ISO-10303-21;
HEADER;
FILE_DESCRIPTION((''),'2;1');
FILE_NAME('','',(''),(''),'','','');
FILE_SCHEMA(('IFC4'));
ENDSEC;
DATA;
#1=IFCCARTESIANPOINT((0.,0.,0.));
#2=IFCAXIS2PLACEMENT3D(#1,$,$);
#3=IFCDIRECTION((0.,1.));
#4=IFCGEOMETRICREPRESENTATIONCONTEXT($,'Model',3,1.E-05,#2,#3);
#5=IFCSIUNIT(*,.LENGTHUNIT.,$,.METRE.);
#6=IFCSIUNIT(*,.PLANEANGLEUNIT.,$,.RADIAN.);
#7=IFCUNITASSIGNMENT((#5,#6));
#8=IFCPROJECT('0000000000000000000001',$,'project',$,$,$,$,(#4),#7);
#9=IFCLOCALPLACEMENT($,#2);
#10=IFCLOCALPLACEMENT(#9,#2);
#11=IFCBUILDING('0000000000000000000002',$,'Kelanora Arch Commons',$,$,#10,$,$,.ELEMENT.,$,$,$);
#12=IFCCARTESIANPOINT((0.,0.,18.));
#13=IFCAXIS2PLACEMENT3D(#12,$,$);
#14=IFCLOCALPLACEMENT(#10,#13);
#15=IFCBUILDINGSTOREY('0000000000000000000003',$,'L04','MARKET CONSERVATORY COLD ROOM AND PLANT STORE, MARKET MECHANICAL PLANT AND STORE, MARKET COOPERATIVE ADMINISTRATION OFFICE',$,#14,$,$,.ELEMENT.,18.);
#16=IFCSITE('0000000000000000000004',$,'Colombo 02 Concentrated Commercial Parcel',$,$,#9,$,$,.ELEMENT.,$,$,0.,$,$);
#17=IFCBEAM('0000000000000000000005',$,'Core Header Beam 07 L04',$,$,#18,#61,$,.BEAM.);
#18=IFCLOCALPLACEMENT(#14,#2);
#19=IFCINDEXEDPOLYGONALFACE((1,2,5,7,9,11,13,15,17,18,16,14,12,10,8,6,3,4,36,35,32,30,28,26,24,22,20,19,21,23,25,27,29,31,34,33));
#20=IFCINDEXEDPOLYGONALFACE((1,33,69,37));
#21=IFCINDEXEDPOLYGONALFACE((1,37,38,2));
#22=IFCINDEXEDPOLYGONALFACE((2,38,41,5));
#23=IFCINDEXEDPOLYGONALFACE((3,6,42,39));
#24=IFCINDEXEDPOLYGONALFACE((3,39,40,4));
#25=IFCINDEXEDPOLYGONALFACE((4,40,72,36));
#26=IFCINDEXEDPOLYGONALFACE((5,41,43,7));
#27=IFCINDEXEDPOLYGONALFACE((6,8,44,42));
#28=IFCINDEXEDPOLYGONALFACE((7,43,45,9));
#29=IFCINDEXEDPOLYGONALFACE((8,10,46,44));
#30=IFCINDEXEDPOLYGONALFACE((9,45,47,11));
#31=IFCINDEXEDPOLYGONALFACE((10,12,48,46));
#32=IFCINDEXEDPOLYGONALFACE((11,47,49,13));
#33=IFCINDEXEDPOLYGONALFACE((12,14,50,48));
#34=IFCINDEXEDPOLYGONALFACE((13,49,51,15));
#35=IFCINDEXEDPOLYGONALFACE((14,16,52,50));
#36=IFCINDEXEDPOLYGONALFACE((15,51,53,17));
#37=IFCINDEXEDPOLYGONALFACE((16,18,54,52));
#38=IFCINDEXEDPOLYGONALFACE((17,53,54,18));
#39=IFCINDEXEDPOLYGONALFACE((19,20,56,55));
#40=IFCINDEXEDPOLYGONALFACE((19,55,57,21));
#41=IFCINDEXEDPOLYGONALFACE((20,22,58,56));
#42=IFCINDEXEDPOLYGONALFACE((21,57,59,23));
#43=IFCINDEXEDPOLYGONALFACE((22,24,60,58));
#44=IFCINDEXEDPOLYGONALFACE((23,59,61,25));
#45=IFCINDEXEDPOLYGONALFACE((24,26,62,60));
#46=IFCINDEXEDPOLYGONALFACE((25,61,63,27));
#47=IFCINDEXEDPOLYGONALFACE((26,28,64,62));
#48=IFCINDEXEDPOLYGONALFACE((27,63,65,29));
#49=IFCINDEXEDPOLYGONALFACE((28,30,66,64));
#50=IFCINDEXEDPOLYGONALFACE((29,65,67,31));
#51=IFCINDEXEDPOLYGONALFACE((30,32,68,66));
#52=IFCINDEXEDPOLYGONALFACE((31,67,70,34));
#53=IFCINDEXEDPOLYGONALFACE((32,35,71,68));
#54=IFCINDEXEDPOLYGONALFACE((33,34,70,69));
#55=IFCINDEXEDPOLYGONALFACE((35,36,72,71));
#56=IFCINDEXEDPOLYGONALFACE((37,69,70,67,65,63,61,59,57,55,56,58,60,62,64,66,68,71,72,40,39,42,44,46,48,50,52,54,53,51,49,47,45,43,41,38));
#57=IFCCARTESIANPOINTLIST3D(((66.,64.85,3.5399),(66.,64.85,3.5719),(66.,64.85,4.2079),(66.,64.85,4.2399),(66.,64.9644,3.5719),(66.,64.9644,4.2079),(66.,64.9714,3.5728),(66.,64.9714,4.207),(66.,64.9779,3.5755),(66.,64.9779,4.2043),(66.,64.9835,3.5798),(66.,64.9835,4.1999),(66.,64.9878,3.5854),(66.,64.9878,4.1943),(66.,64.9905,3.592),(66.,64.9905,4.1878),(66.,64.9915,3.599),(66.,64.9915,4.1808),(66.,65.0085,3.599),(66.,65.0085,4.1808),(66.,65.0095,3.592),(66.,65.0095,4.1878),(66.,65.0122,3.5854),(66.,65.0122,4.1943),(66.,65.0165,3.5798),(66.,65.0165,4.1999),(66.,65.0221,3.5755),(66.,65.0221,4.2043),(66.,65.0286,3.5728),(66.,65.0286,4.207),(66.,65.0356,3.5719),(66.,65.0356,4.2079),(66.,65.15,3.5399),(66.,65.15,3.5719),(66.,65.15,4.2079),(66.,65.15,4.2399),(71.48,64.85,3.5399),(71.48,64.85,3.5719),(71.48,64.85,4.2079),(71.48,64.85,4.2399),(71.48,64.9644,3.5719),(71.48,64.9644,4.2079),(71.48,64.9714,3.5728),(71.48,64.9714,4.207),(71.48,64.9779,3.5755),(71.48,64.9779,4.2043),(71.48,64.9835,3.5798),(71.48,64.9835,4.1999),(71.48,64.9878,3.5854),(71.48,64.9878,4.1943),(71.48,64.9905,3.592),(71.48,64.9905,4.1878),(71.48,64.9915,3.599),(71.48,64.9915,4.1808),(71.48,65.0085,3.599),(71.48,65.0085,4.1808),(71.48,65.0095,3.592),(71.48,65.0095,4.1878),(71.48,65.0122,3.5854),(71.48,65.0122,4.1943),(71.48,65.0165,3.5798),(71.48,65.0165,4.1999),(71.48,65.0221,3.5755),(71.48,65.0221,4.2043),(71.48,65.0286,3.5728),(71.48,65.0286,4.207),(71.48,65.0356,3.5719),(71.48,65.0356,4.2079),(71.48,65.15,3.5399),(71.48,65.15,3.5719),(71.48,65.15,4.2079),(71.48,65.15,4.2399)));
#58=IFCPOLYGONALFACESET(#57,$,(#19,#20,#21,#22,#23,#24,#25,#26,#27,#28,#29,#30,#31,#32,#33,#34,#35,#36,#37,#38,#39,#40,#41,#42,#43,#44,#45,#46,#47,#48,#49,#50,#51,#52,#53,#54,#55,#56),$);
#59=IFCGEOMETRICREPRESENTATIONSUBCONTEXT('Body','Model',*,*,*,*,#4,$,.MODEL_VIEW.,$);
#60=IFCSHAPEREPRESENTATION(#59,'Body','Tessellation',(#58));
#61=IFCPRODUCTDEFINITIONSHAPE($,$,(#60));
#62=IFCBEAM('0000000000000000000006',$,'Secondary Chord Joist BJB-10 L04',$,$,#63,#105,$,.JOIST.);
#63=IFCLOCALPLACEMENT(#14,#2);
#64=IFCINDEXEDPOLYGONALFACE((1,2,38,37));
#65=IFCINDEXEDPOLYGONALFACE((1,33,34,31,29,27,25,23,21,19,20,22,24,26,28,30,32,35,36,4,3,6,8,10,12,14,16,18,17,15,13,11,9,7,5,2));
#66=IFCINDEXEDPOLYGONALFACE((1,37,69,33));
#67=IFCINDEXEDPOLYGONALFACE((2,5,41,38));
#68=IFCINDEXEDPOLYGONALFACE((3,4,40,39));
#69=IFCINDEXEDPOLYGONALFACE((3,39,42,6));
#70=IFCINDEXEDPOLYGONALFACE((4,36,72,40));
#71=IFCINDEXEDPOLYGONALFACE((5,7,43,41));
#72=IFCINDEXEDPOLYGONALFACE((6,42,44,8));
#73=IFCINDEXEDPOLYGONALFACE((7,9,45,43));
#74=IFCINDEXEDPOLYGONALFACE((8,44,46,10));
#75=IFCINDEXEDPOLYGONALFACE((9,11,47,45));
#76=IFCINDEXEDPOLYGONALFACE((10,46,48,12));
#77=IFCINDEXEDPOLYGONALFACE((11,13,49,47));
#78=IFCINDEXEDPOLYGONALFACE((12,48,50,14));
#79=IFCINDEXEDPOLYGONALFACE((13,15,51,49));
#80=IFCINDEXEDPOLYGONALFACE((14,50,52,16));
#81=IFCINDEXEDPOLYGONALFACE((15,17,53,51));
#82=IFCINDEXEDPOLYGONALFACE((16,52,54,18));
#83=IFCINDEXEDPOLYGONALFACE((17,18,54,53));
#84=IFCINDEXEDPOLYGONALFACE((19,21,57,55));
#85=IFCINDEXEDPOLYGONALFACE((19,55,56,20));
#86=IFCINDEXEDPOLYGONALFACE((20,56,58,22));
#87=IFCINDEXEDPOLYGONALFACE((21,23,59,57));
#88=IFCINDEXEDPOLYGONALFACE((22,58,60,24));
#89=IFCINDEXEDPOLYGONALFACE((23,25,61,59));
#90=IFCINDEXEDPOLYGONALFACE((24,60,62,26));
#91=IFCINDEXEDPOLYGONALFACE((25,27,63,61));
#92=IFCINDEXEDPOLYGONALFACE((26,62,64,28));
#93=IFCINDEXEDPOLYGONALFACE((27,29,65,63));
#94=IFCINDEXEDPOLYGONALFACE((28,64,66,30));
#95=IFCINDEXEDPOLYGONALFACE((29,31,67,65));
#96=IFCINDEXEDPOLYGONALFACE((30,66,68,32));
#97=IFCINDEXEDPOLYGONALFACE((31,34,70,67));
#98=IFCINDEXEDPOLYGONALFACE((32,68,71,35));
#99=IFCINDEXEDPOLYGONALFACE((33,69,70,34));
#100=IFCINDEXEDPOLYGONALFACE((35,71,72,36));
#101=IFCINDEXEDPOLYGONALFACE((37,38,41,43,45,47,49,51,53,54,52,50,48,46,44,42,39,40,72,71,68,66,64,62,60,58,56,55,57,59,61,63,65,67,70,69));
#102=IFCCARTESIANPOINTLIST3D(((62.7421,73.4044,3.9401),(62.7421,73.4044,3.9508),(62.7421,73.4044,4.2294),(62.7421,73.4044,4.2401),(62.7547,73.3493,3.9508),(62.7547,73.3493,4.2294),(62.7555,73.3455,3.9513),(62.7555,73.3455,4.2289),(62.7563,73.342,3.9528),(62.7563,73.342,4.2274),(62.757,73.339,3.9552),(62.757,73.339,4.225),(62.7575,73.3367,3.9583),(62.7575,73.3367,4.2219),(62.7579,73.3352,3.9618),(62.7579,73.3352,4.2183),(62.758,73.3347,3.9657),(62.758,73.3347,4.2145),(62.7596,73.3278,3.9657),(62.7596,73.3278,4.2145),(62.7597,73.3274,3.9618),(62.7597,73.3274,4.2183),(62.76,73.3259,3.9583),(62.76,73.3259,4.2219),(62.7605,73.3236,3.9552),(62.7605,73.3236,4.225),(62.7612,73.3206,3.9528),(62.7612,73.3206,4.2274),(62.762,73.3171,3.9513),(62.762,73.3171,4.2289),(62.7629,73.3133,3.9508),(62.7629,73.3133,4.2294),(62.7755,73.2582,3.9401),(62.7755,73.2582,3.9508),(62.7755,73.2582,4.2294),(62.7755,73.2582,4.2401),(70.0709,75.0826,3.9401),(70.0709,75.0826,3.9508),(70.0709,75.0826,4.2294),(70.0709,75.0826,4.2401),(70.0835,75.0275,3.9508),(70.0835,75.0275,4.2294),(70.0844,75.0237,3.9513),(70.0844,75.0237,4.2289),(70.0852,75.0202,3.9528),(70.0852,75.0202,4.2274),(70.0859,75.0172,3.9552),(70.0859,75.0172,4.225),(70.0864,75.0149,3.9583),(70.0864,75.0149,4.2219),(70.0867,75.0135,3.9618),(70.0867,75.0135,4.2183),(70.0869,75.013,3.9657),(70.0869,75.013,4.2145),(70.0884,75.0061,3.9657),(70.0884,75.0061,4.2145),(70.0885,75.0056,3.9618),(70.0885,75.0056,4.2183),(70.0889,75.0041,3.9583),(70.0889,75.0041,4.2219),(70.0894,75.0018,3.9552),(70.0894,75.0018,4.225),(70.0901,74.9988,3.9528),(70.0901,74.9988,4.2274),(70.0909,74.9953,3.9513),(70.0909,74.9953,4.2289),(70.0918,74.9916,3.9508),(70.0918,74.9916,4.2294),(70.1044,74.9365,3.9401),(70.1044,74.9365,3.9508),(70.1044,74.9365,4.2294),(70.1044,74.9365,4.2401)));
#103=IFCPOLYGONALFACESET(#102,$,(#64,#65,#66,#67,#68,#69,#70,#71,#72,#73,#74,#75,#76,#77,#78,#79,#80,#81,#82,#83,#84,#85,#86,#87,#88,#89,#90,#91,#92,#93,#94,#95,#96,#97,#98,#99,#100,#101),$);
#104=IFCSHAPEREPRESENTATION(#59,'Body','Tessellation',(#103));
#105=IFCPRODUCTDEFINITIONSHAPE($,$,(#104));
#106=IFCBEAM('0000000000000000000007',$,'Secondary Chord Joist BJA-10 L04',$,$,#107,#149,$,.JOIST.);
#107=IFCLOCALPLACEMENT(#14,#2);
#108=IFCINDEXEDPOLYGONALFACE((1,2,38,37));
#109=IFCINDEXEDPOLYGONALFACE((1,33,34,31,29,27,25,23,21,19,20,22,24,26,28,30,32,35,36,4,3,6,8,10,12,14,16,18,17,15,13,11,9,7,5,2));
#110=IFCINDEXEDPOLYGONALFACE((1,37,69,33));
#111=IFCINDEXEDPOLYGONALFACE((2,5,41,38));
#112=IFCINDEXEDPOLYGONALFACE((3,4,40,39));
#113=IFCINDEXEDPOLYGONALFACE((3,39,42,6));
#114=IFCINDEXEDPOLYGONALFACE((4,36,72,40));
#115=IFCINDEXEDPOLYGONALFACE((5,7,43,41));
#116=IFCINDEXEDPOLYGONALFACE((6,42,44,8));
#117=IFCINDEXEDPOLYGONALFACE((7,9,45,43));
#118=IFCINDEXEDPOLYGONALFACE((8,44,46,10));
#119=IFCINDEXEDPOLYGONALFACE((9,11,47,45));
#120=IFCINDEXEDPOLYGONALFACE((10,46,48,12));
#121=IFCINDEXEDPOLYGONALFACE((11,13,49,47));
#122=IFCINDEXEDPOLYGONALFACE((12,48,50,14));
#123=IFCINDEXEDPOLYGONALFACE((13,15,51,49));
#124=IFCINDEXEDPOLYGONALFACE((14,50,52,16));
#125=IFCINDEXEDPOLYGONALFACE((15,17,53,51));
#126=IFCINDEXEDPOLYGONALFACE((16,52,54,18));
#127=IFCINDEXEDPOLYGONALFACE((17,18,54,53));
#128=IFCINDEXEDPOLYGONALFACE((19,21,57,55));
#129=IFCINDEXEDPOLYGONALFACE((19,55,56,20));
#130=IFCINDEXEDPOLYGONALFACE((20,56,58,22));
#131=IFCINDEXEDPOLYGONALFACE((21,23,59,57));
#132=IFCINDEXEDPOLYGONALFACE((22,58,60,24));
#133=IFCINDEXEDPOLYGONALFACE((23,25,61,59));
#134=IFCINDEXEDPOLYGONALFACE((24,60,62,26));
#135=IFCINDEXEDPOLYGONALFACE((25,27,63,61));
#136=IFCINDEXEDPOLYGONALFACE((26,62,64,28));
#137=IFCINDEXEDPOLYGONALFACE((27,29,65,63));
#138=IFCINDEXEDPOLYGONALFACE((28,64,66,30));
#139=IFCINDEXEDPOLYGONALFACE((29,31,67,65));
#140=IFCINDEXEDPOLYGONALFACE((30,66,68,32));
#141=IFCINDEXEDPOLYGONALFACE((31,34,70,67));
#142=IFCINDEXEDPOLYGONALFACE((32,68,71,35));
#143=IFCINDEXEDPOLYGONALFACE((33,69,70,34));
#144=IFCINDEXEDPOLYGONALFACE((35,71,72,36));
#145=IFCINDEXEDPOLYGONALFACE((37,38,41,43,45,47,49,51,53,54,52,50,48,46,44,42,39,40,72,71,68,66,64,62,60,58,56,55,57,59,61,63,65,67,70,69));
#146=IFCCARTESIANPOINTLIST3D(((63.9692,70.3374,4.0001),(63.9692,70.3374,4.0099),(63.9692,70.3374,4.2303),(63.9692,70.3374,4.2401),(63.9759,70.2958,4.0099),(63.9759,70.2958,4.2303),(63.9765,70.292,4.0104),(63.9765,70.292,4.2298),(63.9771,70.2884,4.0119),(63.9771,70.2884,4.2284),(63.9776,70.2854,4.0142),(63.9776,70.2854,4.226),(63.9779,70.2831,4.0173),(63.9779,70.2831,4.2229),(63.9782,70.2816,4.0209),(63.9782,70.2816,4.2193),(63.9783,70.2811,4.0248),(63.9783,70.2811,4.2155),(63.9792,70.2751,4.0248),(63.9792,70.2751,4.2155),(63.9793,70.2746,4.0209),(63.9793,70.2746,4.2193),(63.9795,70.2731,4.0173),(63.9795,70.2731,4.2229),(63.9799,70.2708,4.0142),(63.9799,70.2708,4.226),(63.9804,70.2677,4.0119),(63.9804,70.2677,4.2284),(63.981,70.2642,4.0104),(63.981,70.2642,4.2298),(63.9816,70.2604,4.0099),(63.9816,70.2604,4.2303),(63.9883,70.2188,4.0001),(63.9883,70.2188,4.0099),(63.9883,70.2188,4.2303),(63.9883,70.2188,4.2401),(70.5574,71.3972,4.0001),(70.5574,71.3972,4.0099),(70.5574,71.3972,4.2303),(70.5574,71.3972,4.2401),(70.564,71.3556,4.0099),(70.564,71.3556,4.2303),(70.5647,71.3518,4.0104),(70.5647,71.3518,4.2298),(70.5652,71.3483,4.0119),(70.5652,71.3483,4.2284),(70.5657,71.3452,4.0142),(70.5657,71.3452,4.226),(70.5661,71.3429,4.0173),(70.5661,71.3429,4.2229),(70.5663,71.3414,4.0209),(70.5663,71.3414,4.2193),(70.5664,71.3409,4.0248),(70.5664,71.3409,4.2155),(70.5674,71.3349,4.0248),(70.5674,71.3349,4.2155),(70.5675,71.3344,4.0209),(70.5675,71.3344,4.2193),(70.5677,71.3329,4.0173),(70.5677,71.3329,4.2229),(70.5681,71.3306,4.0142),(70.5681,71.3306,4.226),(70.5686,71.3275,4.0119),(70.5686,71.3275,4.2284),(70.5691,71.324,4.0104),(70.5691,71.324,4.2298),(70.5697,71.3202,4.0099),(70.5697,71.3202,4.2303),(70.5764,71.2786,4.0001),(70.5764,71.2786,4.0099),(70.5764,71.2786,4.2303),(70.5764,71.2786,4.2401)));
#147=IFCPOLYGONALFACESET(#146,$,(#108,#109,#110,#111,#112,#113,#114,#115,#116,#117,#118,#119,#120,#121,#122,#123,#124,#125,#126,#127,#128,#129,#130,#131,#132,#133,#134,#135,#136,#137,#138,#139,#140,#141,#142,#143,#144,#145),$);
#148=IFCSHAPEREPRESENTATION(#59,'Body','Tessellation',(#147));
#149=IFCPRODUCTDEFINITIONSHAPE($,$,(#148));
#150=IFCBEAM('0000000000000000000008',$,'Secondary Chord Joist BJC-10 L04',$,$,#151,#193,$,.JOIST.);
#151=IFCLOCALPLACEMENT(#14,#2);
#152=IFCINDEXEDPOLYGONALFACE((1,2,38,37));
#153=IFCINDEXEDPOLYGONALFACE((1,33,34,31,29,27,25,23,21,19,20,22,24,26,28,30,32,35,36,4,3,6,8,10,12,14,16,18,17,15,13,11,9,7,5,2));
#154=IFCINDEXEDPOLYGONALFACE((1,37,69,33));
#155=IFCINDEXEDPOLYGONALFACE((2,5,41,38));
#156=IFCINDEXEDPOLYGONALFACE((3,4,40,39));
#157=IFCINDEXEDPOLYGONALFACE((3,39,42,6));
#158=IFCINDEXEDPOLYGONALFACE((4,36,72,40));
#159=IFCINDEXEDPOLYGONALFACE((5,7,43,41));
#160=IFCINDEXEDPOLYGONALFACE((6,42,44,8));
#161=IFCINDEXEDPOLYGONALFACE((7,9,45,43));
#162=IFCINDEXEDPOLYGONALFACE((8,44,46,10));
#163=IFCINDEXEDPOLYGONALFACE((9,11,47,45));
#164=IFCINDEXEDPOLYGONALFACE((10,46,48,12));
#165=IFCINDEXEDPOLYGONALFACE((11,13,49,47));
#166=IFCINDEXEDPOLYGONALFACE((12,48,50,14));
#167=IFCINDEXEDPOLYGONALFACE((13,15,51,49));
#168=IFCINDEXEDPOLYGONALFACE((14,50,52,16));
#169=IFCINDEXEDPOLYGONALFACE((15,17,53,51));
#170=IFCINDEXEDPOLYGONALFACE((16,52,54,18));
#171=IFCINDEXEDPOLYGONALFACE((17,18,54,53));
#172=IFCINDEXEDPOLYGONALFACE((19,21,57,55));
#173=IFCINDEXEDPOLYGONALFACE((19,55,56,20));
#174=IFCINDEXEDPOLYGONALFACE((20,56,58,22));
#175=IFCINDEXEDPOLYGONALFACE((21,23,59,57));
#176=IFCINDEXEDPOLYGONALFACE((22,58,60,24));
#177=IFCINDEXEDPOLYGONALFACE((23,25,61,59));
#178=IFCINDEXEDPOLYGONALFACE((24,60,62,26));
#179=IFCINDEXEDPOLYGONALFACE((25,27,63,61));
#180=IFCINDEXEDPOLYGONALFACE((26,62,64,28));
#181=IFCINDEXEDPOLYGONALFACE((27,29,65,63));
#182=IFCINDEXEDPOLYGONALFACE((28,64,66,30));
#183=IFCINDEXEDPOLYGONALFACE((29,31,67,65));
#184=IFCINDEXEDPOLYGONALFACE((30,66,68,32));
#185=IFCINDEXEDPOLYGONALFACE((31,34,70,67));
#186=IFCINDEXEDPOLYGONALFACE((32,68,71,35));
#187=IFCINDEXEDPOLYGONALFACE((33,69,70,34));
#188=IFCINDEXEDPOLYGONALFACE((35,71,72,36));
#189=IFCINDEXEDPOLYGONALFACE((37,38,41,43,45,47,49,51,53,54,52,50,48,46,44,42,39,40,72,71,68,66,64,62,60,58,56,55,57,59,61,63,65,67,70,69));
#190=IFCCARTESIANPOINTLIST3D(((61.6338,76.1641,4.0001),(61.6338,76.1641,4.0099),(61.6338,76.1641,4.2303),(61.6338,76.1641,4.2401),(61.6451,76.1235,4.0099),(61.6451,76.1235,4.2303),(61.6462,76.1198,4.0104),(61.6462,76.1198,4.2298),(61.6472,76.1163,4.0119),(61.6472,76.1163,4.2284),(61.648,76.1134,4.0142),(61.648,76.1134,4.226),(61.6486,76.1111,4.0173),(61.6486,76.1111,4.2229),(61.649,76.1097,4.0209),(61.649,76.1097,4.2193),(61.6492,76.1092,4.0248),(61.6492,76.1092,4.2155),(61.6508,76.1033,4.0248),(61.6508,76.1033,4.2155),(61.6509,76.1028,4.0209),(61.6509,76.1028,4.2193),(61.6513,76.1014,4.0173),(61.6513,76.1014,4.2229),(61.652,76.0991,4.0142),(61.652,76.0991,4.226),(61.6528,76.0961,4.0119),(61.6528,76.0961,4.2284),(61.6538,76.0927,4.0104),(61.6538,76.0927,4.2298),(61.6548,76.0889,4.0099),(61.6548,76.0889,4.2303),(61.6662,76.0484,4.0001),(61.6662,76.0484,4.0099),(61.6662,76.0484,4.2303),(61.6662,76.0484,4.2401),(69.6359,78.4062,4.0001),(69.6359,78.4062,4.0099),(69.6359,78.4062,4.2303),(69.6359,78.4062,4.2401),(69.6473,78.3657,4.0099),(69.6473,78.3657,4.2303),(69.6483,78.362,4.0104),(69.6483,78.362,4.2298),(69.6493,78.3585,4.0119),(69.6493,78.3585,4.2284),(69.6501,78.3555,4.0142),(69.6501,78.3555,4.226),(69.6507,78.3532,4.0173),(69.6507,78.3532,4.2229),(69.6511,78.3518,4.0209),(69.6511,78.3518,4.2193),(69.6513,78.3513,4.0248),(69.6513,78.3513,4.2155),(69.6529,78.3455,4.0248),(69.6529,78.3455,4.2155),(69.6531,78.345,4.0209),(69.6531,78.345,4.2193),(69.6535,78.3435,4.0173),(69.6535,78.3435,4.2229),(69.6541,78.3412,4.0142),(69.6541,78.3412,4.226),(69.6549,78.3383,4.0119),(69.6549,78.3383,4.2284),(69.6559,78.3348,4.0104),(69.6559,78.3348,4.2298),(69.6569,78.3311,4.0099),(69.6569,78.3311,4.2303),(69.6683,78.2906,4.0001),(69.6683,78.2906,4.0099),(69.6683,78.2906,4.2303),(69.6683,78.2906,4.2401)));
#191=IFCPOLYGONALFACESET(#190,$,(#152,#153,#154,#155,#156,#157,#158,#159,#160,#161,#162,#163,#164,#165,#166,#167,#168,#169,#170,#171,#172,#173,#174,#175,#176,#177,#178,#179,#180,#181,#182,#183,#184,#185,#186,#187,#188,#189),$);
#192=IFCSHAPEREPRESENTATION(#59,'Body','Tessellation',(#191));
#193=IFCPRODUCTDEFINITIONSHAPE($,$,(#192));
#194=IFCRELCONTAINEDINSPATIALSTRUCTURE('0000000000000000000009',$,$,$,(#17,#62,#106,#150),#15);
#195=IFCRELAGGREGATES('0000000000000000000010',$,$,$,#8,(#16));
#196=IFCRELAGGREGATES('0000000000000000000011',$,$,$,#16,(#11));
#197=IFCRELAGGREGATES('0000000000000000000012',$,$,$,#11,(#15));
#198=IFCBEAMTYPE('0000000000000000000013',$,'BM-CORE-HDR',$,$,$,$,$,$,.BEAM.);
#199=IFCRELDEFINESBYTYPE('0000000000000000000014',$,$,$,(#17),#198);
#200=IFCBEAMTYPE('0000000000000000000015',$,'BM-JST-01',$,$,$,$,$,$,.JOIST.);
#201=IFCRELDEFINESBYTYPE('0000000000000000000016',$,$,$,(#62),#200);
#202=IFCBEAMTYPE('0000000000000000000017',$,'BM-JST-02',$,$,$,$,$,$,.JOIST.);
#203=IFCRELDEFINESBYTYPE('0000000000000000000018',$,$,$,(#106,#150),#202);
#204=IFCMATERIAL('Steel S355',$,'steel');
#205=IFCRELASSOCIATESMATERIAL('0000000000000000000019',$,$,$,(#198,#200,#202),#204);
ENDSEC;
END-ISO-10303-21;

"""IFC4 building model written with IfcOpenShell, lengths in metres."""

from ifc_helpers import new_model, si_unit, direction, frame, origin, origin_2d, place, context, subcontext, project, spatial, i_section, extrude, material, material_profile, profile_set, type_object, element, save


model = new_model("IFC4")

# Units and contexts
model_context = context("Model", 3, precision=1e-05, world=origin(), true_north=direction((0.0, 1.0)))
body_context = subcontext(model_context, "Body", "Model", "MODEL_VIEW")
ifc_project = project(units=[si_unit("LENGTHUNIT", "METRE"), si_unit("PLANEANGLEUNIT", "RADIAN")], contexts=[model_context])

# Site, building, storey
site_placement = place(None, origin())
site = spatial("IfcSite", under=ifc_project, at=site_placement, Name="Colombo 02 Concentrated Commercial Parcel", CompositionType="ELEMENT", RefElevation=0.0)
building_placement = place(site_placement, origin())
building = spatial("IfcBuilding", under=site, at=building_placement, Name="Kelanora Arch Commons", CompositionType="ELEMENT")
storey_placement = place(building_placement, frame((0.0, 0.0, 18.0)))
storey = spatial("IfcBuildingStorey", under=building, at=storey_placement, Name="L04", Description="MARKET CONSERVATORY COLD ROOM AND PLANT STORE, MARKET MECHANICAL PLANT AND STORE, MARKET COOPERATIVE ADMINISTRATION OFFICE", CompositionType="ELEMENT", Elevation=18.0)

# Beams
ifc_material_1 = material(Name="Steel S355", Category="steel")
ifc_material_profile_1 = material_profile(ifc_material_1, i_section(OverallWidth=0.3, OverallDepth=0.7, WebThickness=0.0171, FlangeThickness=0.032, FilletRadius=0.0271, at=origin_2d()), Name="HEB700")
ifc_profile_set_1 = profile_set([ifc_material_profile_1], Name="Steel S355")
beam_type_1 = type_object("IfcBeamType", Name="BM-CORE-HDR", PredefinedType="BEAM", material=ifc_profile_set_1)
beam_1_placement = place(storey_placement, frame((71.48, 65.0, 3.8899), z_axis=(-1.0, 0.0, 0.0), x_axis=(0.0, -1.0, 0.0)))
element("IfcBeam", 1, at=beam_1_placement, inside=storey, type_object=beam_type_1, Name="Core Header Beam 07 L04", PredefinedType="BEAM", context=body_context, shape_type="SweptSolid", body=[
    extrude(i_section(OverallWidth=0.3, OverallDepth=0.7, WebThickness=0.0171, FlangeThickness=0.032, FilletRadius=0.0271, at=origin_2d()), origin(), (0.0, 0.0, 1.0), 5.48),
])
ifc_material_profile_2 = material_profile(ifc_material_1, i_section(OverallWidth=0.1499, OverallDepth=0.3, WebThickness=0.0071, FlangeThickness=0.0107, FilletRadius=0.0149, at=origin_2d()), Name="IPE300")
ifc_profile_set_2 = profile_set([ifc_material_profile_2], Name="Steel S355")
beam_type_2 = type_object("IfcBeamType", Name="BM-JST-01", PredefinedType="JOIST", material=ifc_profile_set_2)
beam_2_placement = place(storey_placement, frame((70.0876, 75.0095, 4.0901), z_axis=(-0.97477, -0.223211, 0.0), x_axis=(0.223211, -0.97477, 0.0)))
element("IfcBeam", 2, at=beam_2_placement, inside=storey, type_object=beam_type_2, Name="Secondary Chord Joist BJB-10 L04", PredefinedType="JOIST", context=body_context, shape_type="SweptSolid", body=[
    extrude(i_section(OverallWidth=0.1499, OverallDepth=0.3, WebThickness=0.0071, FlangeThickness=0.0107, FilletRadius=0.0149, at=origin_2d()), origin(), (0.0, 0.0, 1.0), 7.5186),
])
ifc_material_profile_3 = material_profile(ifc_material_1, i_section(OverallWidth=0.1201, OverallDepth=0.24, WebThickness=0.0061, FlangeThickness=0.0098, FilletRadius=0.0149, at=origin_2d()), Name="IPE240")
ifc_profile_set_3 = profile_set([ifc_material_profile_3], Name="Steel S355")
beam_type_3 = type_object("IfcBeamType", Name="BM-JST-02", PredefinedType="JOIST", material=ifc_profile_set_3)
beam_3_placement = place(storey_placement, frame((70.5669, 71.3379, 4.1201), z_axis=(-0.987307, -0.158825, 0.0), x_axis=(0.158825, -0.987307, 0.0)))
element("IfcBeam", 3, at=beam_3_placement, inside=storey, type_object=beam_type_3, Name="Secondary Chord Joist BJA-10 L04", PredefinedType="JOIST", context=body_context, shape_type="SweptSolid", body=[
    extrude(i_section(OverallWidth=0.1201, OverallDepth=0.24, WebThickness=0.0061, FlangeThickness=0.0098, FilletRadius=0.0149, at=origin_2d()), origin(), (0.0, 0.0, 1.0), 6.6729),
])
beam_4_placement = place(storey_placement, frame((69.6521, 78.3484, 4.1201), z_axis=(-0.962915, -0.269805, 0.0), x_axis=(0.269805, -0.962915, 0.0)))
element("IfcBeam", 4, at=beam_4_placement, inside=storey, type_object=beam_type_3, Name="Secondary Chord Joist BJC-10 L04", PredefinedType="JOIST", context=body_context, shape_type="SweptSolid", body=[
    extrude(i_section(OverallWidth=0.1201, OverallDepth=0.24, WebThickness=0.0061, FlangeThickness=0.0098, FilletRadius=0.0149, at=origin_2d()), origin(), (0.0, 0.0, 1.0), 8.3103),
])

save(model, "model.ifc")
